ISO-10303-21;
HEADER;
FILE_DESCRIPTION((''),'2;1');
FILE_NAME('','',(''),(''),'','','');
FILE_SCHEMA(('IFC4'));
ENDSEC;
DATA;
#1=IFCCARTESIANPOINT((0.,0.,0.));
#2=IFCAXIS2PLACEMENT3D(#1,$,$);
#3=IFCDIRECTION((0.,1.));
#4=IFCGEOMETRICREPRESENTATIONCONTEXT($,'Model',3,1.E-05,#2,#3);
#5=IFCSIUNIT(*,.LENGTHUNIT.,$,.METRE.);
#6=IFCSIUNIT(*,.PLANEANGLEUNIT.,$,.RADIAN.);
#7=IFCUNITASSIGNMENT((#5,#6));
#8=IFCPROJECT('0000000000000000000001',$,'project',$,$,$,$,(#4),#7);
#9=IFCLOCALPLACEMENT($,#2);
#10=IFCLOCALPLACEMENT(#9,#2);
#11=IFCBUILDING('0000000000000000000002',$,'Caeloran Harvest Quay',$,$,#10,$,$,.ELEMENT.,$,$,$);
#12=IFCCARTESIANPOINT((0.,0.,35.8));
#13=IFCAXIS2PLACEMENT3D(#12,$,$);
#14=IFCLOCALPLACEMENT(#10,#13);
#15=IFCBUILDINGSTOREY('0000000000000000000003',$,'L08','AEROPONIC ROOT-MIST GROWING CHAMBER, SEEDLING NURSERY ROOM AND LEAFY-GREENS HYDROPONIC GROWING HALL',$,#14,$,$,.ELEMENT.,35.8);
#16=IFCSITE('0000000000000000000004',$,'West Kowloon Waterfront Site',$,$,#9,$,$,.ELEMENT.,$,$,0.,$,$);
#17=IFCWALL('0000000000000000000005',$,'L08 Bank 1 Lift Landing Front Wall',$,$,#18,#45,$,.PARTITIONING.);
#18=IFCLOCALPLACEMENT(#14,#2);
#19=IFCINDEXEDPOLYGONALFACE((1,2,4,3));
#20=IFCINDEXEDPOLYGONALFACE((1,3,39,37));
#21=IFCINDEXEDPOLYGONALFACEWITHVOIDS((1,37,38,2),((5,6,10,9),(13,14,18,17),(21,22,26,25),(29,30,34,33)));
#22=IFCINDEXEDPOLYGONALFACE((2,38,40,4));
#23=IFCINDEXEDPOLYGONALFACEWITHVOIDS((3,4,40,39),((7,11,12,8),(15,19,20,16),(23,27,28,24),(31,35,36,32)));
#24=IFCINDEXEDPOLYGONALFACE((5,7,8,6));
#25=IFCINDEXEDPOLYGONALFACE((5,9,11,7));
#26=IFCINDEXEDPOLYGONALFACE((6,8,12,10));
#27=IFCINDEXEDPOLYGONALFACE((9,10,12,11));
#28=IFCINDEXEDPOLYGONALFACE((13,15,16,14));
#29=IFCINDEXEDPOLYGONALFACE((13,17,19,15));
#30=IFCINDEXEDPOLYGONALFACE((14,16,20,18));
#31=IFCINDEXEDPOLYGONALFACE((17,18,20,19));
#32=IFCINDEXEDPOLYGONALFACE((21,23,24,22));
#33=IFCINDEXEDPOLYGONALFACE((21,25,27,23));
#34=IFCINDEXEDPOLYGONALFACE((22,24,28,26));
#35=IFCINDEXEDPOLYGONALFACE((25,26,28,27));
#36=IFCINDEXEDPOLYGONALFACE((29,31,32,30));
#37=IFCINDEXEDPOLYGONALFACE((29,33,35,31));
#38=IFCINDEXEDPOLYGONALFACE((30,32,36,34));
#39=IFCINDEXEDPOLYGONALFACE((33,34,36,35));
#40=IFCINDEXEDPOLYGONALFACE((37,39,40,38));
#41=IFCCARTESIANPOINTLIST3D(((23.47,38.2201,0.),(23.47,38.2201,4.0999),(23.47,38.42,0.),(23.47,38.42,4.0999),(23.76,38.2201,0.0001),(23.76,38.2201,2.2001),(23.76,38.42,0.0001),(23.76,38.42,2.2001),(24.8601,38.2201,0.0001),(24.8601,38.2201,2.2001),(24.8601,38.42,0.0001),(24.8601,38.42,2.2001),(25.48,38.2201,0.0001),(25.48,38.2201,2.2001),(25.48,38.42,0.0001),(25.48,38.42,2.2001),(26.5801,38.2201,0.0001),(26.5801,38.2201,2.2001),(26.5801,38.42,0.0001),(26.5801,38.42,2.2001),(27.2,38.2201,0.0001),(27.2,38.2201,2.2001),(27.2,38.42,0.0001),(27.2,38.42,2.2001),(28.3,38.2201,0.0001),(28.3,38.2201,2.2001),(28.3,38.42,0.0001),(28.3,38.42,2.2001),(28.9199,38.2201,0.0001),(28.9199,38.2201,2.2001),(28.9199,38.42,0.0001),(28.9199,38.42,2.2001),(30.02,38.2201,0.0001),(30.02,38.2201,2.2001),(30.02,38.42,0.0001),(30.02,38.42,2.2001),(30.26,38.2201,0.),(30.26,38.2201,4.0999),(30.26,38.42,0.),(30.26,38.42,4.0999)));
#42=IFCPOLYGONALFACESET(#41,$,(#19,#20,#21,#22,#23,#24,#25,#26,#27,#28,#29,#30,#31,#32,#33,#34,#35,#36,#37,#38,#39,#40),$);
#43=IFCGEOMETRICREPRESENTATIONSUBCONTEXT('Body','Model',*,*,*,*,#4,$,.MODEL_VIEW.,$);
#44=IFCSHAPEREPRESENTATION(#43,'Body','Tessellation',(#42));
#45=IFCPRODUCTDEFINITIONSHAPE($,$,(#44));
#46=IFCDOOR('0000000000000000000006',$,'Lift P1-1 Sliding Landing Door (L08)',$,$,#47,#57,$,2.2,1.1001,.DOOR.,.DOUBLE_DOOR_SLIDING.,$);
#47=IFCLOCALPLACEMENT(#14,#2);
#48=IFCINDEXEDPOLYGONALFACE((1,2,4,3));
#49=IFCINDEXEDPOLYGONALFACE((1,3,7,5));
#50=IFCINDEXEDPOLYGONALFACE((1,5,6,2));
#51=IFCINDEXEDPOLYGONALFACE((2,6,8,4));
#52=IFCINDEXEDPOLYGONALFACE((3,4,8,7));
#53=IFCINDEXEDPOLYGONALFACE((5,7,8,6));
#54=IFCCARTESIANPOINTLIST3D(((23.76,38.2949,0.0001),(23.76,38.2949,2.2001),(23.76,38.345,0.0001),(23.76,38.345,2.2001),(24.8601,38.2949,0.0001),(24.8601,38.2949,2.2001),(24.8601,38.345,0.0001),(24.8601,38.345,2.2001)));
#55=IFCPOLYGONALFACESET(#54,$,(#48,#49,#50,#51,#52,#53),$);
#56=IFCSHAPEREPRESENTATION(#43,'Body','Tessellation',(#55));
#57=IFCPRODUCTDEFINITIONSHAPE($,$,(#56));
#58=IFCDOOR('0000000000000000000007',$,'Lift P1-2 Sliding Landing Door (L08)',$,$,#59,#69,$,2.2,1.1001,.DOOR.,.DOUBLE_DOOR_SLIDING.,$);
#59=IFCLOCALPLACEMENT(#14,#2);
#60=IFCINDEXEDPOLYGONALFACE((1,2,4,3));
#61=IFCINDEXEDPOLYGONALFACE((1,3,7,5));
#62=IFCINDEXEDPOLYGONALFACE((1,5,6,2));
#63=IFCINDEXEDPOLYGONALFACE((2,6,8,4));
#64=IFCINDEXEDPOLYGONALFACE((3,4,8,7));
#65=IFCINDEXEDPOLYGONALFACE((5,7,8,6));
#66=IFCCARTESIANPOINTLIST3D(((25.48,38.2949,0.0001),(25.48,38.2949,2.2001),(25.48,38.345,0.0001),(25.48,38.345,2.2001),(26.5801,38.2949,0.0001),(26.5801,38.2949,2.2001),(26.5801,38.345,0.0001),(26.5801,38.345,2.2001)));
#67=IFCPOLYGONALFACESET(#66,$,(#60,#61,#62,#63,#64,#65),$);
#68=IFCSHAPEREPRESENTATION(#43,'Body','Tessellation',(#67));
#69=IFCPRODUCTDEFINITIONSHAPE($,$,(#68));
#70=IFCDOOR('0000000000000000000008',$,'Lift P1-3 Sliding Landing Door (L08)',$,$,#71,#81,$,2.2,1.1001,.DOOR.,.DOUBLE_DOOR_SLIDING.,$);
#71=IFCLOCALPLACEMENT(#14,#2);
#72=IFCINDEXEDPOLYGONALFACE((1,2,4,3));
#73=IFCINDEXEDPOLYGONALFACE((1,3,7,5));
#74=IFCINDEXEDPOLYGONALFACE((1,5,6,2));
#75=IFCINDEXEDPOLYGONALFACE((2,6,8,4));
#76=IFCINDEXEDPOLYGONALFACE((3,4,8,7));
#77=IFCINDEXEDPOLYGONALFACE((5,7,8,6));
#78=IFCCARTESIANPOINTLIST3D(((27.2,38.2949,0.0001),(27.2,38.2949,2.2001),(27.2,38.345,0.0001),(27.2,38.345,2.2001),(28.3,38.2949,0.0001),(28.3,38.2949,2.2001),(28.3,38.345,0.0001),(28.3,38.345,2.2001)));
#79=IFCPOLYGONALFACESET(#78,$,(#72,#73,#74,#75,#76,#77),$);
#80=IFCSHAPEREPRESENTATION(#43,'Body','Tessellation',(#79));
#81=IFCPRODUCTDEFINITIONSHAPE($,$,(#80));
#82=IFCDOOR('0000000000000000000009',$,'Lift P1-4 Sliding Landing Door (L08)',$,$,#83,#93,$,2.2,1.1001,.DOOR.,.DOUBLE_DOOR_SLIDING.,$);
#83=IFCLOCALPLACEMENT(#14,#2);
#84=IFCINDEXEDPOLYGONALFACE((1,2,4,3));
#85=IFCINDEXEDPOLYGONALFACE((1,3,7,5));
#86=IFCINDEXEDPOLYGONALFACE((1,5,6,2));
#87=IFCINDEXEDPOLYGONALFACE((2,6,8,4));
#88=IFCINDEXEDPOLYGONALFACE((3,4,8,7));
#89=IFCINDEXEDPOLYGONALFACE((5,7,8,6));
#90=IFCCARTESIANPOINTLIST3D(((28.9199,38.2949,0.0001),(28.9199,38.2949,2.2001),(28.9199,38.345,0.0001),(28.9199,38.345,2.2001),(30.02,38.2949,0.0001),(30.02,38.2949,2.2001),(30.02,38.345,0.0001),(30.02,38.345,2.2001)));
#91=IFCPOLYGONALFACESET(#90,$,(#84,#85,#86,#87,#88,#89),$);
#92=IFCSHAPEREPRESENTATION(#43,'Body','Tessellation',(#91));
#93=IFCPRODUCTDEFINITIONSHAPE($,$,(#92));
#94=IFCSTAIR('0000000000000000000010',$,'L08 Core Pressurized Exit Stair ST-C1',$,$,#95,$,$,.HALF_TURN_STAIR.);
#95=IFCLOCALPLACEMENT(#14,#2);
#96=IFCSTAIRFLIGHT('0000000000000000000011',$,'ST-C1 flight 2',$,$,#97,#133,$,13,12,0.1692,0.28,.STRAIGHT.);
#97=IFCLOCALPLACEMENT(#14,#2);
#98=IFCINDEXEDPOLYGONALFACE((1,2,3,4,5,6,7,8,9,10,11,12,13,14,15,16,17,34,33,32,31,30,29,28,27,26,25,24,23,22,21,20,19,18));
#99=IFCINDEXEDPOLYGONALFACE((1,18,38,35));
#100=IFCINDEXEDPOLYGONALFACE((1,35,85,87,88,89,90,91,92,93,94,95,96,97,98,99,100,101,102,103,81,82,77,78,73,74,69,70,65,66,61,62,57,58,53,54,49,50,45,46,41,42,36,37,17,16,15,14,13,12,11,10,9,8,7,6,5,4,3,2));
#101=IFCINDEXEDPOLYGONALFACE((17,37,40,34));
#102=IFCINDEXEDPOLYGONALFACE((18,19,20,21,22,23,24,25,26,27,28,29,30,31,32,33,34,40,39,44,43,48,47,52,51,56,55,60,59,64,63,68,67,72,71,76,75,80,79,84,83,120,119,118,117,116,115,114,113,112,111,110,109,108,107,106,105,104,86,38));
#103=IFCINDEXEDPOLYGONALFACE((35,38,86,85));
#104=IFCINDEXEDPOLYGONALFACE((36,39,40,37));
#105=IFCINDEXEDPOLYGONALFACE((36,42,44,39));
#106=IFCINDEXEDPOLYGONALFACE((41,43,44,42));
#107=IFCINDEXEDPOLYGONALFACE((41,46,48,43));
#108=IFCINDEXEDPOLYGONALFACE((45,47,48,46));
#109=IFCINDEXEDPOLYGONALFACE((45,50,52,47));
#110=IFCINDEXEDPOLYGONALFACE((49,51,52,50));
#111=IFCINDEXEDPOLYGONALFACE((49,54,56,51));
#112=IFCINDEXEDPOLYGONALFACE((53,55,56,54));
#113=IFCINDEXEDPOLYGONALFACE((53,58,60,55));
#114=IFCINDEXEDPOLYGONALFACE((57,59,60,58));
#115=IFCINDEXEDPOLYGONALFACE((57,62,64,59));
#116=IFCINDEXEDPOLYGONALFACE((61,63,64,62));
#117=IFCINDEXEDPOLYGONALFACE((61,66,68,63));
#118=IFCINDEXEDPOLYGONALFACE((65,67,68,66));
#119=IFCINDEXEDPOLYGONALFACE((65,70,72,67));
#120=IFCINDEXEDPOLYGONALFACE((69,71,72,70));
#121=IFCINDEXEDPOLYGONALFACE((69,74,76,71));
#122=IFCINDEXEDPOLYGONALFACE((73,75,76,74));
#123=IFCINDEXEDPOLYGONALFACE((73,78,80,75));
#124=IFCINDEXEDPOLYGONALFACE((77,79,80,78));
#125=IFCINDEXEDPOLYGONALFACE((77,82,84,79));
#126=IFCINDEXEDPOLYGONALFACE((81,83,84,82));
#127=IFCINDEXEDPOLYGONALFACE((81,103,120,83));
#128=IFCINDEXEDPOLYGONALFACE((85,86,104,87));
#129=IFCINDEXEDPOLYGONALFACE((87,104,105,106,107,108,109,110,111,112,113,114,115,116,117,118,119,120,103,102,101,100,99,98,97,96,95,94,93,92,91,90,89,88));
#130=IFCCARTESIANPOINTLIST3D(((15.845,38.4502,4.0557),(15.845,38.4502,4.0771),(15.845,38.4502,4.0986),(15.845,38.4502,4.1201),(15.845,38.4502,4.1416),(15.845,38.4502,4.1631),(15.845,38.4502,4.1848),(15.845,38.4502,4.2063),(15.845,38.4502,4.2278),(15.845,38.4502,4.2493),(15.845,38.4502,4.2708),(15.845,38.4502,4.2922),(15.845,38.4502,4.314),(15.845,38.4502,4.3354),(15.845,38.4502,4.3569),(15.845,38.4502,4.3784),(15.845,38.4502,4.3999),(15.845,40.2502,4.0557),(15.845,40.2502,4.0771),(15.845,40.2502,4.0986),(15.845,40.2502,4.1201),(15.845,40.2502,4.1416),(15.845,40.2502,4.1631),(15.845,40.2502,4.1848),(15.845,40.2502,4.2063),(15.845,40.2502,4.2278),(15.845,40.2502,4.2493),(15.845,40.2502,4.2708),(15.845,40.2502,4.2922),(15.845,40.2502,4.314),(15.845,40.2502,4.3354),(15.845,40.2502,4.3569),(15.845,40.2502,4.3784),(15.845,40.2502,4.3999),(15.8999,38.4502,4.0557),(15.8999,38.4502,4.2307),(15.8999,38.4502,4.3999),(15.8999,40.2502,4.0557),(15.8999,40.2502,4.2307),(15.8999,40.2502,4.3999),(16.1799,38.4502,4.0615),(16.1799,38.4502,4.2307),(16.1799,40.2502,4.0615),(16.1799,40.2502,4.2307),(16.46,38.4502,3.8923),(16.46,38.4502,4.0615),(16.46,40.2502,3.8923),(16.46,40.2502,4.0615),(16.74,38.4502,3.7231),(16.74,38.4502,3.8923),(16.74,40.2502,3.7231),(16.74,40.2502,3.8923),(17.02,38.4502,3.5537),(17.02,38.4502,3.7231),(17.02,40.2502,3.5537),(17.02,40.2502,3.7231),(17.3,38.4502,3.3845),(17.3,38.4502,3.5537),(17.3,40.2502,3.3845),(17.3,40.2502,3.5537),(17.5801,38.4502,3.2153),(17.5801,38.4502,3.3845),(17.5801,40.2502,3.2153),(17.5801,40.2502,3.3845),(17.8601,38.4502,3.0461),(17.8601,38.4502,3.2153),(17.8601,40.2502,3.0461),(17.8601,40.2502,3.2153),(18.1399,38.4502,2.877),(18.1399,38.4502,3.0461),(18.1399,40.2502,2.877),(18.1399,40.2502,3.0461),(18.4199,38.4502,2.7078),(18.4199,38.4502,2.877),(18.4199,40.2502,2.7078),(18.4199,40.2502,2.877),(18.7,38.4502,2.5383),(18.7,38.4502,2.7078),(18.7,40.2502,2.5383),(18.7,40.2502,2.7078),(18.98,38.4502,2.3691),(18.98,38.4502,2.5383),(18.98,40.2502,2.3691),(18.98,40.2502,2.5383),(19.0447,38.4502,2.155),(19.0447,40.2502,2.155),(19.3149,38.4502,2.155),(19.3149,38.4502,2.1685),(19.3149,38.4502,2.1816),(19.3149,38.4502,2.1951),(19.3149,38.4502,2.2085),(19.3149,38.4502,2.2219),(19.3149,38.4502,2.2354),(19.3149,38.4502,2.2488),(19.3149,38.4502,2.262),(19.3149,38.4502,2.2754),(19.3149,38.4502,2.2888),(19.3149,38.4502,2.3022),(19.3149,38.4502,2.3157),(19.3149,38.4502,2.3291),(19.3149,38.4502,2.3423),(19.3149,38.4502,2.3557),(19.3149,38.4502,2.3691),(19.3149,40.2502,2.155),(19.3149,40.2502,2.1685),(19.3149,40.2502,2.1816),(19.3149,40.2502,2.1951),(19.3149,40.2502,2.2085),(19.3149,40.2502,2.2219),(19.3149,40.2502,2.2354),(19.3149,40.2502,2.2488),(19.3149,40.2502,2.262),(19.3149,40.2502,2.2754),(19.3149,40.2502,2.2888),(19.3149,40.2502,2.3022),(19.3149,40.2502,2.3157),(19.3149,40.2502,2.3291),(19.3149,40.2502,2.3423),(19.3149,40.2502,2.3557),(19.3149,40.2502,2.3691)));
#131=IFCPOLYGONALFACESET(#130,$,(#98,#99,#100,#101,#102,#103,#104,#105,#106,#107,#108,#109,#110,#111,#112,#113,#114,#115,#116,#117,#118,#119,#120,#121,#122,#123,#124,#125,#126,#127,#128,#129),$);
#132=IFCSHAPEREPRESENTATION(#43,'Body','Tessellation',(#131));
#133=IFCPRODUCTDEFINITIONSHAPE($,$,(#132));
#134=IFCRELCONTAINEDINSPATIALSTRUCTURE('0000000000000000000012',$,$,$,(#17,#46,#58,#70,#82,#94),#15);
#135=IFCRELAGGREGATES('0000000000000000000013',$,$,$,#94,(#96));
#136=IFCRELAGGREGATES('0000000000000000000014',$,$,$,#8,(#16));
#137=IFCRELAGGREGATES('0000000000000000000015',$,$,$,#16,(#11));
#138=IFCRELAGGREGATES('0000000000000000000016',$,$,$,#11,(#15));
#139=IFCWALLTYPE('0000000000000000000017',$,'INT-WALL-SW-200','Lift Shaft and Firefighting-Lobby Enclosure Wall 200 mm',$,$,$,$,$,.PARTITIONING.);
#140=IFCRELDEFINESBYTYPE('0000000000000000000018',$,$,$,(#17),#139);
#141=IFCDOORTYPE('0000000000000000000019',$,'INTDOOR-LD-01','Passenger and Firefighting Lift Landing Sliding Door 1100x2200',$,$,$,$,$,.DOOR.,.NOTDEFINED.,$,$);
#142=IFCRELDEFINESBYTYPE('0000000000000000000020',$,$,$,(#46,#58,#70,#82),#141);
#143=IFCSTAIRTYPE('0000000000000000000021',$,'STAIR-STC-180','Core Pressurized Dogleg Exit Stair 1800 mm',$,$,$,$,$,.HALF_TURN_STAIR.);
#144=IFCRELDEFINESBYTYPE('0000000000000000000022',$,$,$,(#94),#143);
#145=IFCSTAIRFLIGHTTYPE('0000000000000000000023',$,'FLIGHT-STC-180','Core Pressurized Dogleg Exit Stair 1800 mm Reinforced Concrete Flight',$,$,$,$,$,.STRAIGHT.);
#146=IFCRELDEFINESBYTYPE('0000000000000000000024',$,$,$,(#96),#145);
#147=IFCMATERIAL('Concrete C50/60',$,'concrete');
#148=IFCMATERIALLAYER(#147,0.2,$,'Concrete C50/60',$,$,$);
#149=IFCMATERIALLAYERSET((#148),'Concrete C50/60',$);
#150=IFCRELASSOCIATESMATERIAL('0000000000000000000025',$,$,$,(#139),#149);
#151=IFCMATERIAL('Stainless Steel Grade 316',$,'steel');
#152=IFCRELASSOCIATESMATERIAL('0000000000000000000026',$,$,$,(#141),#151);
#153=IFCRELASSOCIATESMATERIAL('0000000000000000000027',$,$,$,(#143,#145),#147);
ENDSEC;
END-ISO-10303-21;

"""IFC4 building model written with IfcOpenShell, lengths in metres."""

from ifc_helpers import new_model, si_unit, direction, frame, frame_2d, origin, place, context, subcontext, project, spatial, polyline, rectangle, outline, extrude, material, layer, layer_set, type_object, element, fill, aggregate, save


model = new_model("IFC4")

# Units and contexts
model_context = context("Model", 3, precision=1e-05, world=origin(), true_north=direction((0.0, 1.0)))
body_context = subcontext(model_context, "Body", "Model", "MODEL_VIEW")
ifc_project = project(units=[si_unit("LENGTHUNIT", "METRE"), si_unit("PLANEANGLEUNIT", "RADIAN")], contexts=[model_context])

# Site, building, storey
site_placement = place(None, origin())
site = spatial("IfcSite", under=ifc_project, at=site_placement, Name="West Kowloon Waterfront Site", CompositionType="ELEMENT", RefElevation=0.0)
building_placement = place(site_placement, origin())
building = spatial("IfcBuilding", under=site, at=building_placement, Name="Caeloran Harvest Quay", CompositionType="ELEMENT")
storey_placement = place(building_placement, frame((0.0, 0.0, 35.8)))
storey = spatial("IfcBuildingStorey", under=building, at=storey_placement, Name="L08", Description="AEROPONIC ROOT-MIST GROWING CHAMBER, SEEDLING NURSERY ROOM AND LEAFY-GREENS HYDROPONIC GROWING HALL", CompositionType="ELEMENT", Elevation=35.8)

# Shared definitions
ifc_material_1 = material(Name="Concrete C50/60", Category="concrete")
ifc_layer_1 = layer(ifc_material_1, 0.2, Name="Concrete C50/60")
ifc_layer_set_1 = layer_set([ifc_layer_1], Name="Concrete C50/60")
wall_type_1 = type_object("IfcWallType", Name="INT-WALL-SW-200", Description="Lift Shaft and Firefighting-Lobby Enclosure Wall 200 mm", PredefinedType="PARTITIONING", material=ifc_layer_set_1)
ifc_material_2 = material(Name="Stainless Steel Grade 316", Category="steel")

# Wall, openings, doors
wall_1_placement = place(storey_placement, frame((23.47, 38.3201, 0.0), z_axis=(0.0, 0.0, 1.0), x_axis=(1.0, 0.0, 0.0)))
wall_1 = element("IfcWall", 1, at=wall_1_placement, inside=storey, type_object=wall_type_1, Name="L08 Bank 1 Lift Landing Front Wall", PredefinedType="PARTITIONING", context=body_context, shape_type="SweptSolid", body=[
    extrude(rectangle(XDim=6.79, YDim=0.2, at=frame_2d((3.395, 0.0))), origin(), (0.0, 0.0, 1.0), 4.0999),
])
opening_1_placement = place(wall_1_placement, frame((0.29, 0.0, 0.0)))
opening_1 = element("IfcOpeningElement", 2, at=opening_1_placement, cuts=wall_1, PredefinedType="OPENING", context=body_context, shape_type="SweptSolid", body=[
    extrude(rectangle(XDim=1.1001, YDim=2.2, at=frame_2d((0.55, 1.1001))), frame((0.0, 0.1099, 0.0), z_axis=(0.0, -1.0, 0.0), x_axis=(1.0, 0.0, 0.0)), (0.0, 0.0, 1.0), 0.22),
])
opening_2_placement = place(wall_1_placement, frame((2.01, 0.0, 0.0)))
opening_2 = element("IfcOpeningElement", 3, at=opening_2_placement, cuts=wall_1, PredefinedType="OPENING", context=body_context, shape_type="SweptSolid", body=[
    extrude(rectangle(XDim=1.1001, YDim=2.2, at=frame_2d((0.55, 1.1001))), frame((0.0, 0.1099, 0.0), z_axis=(0.0, -1.0, 0.0), x_axis=(1.0, 0.0, 0.0)), (0.0, 0.0, 1.0), 0.22),
])
opening_3_placement = place(wall_1_placement, frame((3.73, 0.0, 0.0)))
opening_3 = element("IfcOpeningElement", 4, at=opening_3_placement, cuts=wall_1, PredefinedType="OPENING", context=body_context, shape_type="SweptSolid", body=[
    extrude(rectangle(XDim=1.1001, YDim=2.2, at=frame_2d((0.55, 1.1001))), frame((0.0, 0.1099, 0.0), z_axis=(0.0, -1.0, 0.0), x_axis=(1.0, 0.0, 0.0)), (0.0, 0.0, 1.0), 0.22),
])
opening_4_placement = place(wall_1_placement, frame((5.45, 0.0, 0.0)))
opening_4 = element("IfcOpeningElement", 5, at=opening_4_placement, cuts=wall_1, PredefinedType="OPENING", context=body_context, shape_type="SweptSolid", body=[
    extrude(rectangle(XDim=1.1001, YDim=2.2, at=frame_2d((0.55, 1.1001))), frame((0.0, 0.1099, 0.0), z_axis=(0.0, -1.0, 0.0), x_axis=(1.0, 0.0, 0.0)), (0.0, 0.0, 1.0), 0.22),
])
door_type_1 = type_object("IfcDoorType", Name="INTDOOR-LD-01", Description="Passenger and Firefighting Lift Landing Sliding Door 1100x2200", OperationType="NOTDEFINED", PredefinedType="DOOR", material=ifc_material_2)
door_1_placement = place(opening_1_placement, origin())
door_1 = element("IfcDoor", 6, at=door_1_placement, inside=storey, type_object=door_type_1, Name="Lift P1-1 Sliding Landing Door (L08)", OperationType="DOUBLE_DOOR_SLIDING", OverallHeight=2.2, OverallWidth=1.1001, PredefinedType="DOOR", context=body_context, shape_type="SweptSolid", body=[
    extrude(rectangle(XDim=1.1001, YDim=2.2, at=frame_2d((0.55, 1.1001))), frame((0.0, 0.0249, 0.0), z_axis=(0.0, -1.0, 0.0), x_axis=(1.0, 0.0, 0.0)), (0.0, 0.0, 1.0), 0.05),
])
fill(opening_1, door_1)
door_2_placement = place(opening_2_placement, origin())
door_2 = element("IfcDoor", 7, at=door_2_placement, inside=storey, type_object=door_type_1, Name="Lift P1-2 Sliding Landing Door (L08)", OperationType="DOUBLE_DOOR_SLIDING", OverallHeight=2.2, OverallWidth=1.1001, PredefinedType="DOOR", context=body_context, shape_type="SweptSolid", body=[
    extrude(rectangle(XDim=1.1001, YDim=2.2, at=frame_2d((0.55, 1.1001))), frame((0.0, 0.0249, 0.0), z_axis=(0.0, -1.0, 0.0), x_axis=(1.0, 0.0, 0.0)), (0.0, 0.0, 1.0), 0.05),
])
fill(opening_2, door_2)
door_3_placement = place(opening_3_placement, origin())
door_3 = element("IfcDoor", 8, at=door_3_placement, inside=storey, type_object=door_type_1, Name="Lift P1-3 Sliding Landing Door (L08)", OperationType="DOUBLE_DOOR_SLIDING", OverallHeight=2.2, OverallWidth=1.1001, PredefinedType="DOOR", context=body_context, shape_type="SweptSolid", body=[
    extrude(rectangle(XDim=1.1001, YDim=2.2, at=frame_2d((0.55, 1.1001))), frame((0.0, 0.0249, 0.0), z_axis=(0.0, -1.0, 0.0), x_axis=(1.0, 0.0, 0.0)), (0.0, 0.0, 1.0), 0.05),
])
fill(opening_3, door_3)
door_4_placement = place(opening_4_placement, origin())
door_4 = element("IfcDoor", 9, at=door_4_placement, inside=storey, type_object=door_type_1, Name="Lift P1-4 Sliding Landing Door (L08)", OperationType="DOUBLE_DOOR_SLIDING", OverallHeight=2.2, OverallWidth=1.1001, PredefinedType="DOOR", context=body_context, shape_type="SweptSolid", body=[
    extrude(rectangle(XDim=1.1001, YDim=2.2, at=frame_2d((0.55, 1.1001))), frame((0.0, 0.0249, 0.0), z_axis=(0.0, -1.0, 0.0), x_axis=(1.0, 0.0, 0.0)), (0.0, 0.0, 1.0), 0.05),
])
fill(opening_4, door_4)

# Stair, stair flight
stair_type = type_object("IfcStairType", Name="STAIR-STC-180", Description="Core Pressurized Dogleg Exit Stair 1800 mm", PredefinedType="HALF_TURN_STAIR", material=ifc_material_1)
stair_1_placement = place(storey_placement, origin())
stair_1 = element("IfcStair", 10, at=stair_1_placement, inside=storey, type_object=stair_type, Name="L08 Core Pressurized Exit Stair ST-C1", PredefinedType="HALF_TURN_STAIR")
stair_flight_type = type_object("IfcStairFlightType", Name="FLIGHT-STC-180", Description="Core Pressurized Dogleg Exit Stair 1800 mm Reinforced Concrete Flight", PredefinedType="STRAIGHT", material=ifc_material_1)
stair_flight_1_placement = place(storey_placement, frame((19.26, 39.3501, 2.2), z_axis=(0.0, 0.0, 1.0), x_axis=(-1.0, 0.0, 0.0)))
stair_flight_1 = element("IfcStairFlight", 11, at=stair_flight_1_placement, type_object=stair_flight_type, Name="ST-C1 flight 2", NumberOfRisers=13, NumberOfTreads=12, PredefinedType="STRAIGHT", RiserHeight=0.1692, TreadLength=0.28, context=body_context, shape_type="SweptSolid", body=[
    extrude(outline(polyline([(-0.0549, -0.0449), (-0.0549, -0.0315), (-0.0549, -0.0183), (-0.0549, -0.0049), (-0.0549, 0.0085), (-0.0549, 0.022), (-0.0549, 0.0354), (-0.0549, 0.0488), (-0.0549, 0.062), (-0.0549, 0.0754), (-0.0549, 0.0889), (-0.0549, 0.1023), (-0.0549, 0.1157), (-0.0549, 0.1292), (-0.0549, 0.1423), (-0.0549, 0.1558), (-0.0549, 0.1692), (0.28, 0.1692), (0.28, 0.3384), (0.5601, 0.3384), (0.5601, 0.5078), (0.8401, 0.5078), (0.8401, 0.677), (1.1201, 0.677), (1.1201, 0.8462), (1.3999, 0.8462), (1.3999, 1.0154), (1.6799, 1.0154), (1.6799, 1.1846), (1.96, 1.1846), (1.96, 1.3538), (2.24, 1.3538), (2.24, 1.5232), (2.52, 1.5232), (2.52, 1.6924), (2.8, 1.6924), (2.8, 1.8616), (3.0801, 1.8616), (3.0801, 2.0308), (3.3601, 2.0308), (3.3601, 2.2), (3.415, 2.2), (3.415, 2.1785), (3.415, 2.157), (3.415, 2.1355), (3.415, 2.114), (3.415, 2.0923), (3.415, 2.0708), (3.415, 2.0493), (3.415, 2.0278), (3.415, 2.0063), (3.415, 1.9849), (3.415, 1.9631), (3.415, 1.9417), (3.415, 1.9202), (3.415, 1.8987), (3.415, 1.8772), (3.415, 1.8557), (3.3601, 1.8557), (0.2153, -0.0449), (-0.0549, -0.0449)])), frame((0.0, 0.8999, 0.0), z_axis=(0.0, -1.0, 0.0), x_axis=(1.0, 0.0, 0.0)), (0.0, 0.0, 1.0), 1.8),
])
aggregate(stair_1, [stair_flight_1])

save(model, "model.ifc")
